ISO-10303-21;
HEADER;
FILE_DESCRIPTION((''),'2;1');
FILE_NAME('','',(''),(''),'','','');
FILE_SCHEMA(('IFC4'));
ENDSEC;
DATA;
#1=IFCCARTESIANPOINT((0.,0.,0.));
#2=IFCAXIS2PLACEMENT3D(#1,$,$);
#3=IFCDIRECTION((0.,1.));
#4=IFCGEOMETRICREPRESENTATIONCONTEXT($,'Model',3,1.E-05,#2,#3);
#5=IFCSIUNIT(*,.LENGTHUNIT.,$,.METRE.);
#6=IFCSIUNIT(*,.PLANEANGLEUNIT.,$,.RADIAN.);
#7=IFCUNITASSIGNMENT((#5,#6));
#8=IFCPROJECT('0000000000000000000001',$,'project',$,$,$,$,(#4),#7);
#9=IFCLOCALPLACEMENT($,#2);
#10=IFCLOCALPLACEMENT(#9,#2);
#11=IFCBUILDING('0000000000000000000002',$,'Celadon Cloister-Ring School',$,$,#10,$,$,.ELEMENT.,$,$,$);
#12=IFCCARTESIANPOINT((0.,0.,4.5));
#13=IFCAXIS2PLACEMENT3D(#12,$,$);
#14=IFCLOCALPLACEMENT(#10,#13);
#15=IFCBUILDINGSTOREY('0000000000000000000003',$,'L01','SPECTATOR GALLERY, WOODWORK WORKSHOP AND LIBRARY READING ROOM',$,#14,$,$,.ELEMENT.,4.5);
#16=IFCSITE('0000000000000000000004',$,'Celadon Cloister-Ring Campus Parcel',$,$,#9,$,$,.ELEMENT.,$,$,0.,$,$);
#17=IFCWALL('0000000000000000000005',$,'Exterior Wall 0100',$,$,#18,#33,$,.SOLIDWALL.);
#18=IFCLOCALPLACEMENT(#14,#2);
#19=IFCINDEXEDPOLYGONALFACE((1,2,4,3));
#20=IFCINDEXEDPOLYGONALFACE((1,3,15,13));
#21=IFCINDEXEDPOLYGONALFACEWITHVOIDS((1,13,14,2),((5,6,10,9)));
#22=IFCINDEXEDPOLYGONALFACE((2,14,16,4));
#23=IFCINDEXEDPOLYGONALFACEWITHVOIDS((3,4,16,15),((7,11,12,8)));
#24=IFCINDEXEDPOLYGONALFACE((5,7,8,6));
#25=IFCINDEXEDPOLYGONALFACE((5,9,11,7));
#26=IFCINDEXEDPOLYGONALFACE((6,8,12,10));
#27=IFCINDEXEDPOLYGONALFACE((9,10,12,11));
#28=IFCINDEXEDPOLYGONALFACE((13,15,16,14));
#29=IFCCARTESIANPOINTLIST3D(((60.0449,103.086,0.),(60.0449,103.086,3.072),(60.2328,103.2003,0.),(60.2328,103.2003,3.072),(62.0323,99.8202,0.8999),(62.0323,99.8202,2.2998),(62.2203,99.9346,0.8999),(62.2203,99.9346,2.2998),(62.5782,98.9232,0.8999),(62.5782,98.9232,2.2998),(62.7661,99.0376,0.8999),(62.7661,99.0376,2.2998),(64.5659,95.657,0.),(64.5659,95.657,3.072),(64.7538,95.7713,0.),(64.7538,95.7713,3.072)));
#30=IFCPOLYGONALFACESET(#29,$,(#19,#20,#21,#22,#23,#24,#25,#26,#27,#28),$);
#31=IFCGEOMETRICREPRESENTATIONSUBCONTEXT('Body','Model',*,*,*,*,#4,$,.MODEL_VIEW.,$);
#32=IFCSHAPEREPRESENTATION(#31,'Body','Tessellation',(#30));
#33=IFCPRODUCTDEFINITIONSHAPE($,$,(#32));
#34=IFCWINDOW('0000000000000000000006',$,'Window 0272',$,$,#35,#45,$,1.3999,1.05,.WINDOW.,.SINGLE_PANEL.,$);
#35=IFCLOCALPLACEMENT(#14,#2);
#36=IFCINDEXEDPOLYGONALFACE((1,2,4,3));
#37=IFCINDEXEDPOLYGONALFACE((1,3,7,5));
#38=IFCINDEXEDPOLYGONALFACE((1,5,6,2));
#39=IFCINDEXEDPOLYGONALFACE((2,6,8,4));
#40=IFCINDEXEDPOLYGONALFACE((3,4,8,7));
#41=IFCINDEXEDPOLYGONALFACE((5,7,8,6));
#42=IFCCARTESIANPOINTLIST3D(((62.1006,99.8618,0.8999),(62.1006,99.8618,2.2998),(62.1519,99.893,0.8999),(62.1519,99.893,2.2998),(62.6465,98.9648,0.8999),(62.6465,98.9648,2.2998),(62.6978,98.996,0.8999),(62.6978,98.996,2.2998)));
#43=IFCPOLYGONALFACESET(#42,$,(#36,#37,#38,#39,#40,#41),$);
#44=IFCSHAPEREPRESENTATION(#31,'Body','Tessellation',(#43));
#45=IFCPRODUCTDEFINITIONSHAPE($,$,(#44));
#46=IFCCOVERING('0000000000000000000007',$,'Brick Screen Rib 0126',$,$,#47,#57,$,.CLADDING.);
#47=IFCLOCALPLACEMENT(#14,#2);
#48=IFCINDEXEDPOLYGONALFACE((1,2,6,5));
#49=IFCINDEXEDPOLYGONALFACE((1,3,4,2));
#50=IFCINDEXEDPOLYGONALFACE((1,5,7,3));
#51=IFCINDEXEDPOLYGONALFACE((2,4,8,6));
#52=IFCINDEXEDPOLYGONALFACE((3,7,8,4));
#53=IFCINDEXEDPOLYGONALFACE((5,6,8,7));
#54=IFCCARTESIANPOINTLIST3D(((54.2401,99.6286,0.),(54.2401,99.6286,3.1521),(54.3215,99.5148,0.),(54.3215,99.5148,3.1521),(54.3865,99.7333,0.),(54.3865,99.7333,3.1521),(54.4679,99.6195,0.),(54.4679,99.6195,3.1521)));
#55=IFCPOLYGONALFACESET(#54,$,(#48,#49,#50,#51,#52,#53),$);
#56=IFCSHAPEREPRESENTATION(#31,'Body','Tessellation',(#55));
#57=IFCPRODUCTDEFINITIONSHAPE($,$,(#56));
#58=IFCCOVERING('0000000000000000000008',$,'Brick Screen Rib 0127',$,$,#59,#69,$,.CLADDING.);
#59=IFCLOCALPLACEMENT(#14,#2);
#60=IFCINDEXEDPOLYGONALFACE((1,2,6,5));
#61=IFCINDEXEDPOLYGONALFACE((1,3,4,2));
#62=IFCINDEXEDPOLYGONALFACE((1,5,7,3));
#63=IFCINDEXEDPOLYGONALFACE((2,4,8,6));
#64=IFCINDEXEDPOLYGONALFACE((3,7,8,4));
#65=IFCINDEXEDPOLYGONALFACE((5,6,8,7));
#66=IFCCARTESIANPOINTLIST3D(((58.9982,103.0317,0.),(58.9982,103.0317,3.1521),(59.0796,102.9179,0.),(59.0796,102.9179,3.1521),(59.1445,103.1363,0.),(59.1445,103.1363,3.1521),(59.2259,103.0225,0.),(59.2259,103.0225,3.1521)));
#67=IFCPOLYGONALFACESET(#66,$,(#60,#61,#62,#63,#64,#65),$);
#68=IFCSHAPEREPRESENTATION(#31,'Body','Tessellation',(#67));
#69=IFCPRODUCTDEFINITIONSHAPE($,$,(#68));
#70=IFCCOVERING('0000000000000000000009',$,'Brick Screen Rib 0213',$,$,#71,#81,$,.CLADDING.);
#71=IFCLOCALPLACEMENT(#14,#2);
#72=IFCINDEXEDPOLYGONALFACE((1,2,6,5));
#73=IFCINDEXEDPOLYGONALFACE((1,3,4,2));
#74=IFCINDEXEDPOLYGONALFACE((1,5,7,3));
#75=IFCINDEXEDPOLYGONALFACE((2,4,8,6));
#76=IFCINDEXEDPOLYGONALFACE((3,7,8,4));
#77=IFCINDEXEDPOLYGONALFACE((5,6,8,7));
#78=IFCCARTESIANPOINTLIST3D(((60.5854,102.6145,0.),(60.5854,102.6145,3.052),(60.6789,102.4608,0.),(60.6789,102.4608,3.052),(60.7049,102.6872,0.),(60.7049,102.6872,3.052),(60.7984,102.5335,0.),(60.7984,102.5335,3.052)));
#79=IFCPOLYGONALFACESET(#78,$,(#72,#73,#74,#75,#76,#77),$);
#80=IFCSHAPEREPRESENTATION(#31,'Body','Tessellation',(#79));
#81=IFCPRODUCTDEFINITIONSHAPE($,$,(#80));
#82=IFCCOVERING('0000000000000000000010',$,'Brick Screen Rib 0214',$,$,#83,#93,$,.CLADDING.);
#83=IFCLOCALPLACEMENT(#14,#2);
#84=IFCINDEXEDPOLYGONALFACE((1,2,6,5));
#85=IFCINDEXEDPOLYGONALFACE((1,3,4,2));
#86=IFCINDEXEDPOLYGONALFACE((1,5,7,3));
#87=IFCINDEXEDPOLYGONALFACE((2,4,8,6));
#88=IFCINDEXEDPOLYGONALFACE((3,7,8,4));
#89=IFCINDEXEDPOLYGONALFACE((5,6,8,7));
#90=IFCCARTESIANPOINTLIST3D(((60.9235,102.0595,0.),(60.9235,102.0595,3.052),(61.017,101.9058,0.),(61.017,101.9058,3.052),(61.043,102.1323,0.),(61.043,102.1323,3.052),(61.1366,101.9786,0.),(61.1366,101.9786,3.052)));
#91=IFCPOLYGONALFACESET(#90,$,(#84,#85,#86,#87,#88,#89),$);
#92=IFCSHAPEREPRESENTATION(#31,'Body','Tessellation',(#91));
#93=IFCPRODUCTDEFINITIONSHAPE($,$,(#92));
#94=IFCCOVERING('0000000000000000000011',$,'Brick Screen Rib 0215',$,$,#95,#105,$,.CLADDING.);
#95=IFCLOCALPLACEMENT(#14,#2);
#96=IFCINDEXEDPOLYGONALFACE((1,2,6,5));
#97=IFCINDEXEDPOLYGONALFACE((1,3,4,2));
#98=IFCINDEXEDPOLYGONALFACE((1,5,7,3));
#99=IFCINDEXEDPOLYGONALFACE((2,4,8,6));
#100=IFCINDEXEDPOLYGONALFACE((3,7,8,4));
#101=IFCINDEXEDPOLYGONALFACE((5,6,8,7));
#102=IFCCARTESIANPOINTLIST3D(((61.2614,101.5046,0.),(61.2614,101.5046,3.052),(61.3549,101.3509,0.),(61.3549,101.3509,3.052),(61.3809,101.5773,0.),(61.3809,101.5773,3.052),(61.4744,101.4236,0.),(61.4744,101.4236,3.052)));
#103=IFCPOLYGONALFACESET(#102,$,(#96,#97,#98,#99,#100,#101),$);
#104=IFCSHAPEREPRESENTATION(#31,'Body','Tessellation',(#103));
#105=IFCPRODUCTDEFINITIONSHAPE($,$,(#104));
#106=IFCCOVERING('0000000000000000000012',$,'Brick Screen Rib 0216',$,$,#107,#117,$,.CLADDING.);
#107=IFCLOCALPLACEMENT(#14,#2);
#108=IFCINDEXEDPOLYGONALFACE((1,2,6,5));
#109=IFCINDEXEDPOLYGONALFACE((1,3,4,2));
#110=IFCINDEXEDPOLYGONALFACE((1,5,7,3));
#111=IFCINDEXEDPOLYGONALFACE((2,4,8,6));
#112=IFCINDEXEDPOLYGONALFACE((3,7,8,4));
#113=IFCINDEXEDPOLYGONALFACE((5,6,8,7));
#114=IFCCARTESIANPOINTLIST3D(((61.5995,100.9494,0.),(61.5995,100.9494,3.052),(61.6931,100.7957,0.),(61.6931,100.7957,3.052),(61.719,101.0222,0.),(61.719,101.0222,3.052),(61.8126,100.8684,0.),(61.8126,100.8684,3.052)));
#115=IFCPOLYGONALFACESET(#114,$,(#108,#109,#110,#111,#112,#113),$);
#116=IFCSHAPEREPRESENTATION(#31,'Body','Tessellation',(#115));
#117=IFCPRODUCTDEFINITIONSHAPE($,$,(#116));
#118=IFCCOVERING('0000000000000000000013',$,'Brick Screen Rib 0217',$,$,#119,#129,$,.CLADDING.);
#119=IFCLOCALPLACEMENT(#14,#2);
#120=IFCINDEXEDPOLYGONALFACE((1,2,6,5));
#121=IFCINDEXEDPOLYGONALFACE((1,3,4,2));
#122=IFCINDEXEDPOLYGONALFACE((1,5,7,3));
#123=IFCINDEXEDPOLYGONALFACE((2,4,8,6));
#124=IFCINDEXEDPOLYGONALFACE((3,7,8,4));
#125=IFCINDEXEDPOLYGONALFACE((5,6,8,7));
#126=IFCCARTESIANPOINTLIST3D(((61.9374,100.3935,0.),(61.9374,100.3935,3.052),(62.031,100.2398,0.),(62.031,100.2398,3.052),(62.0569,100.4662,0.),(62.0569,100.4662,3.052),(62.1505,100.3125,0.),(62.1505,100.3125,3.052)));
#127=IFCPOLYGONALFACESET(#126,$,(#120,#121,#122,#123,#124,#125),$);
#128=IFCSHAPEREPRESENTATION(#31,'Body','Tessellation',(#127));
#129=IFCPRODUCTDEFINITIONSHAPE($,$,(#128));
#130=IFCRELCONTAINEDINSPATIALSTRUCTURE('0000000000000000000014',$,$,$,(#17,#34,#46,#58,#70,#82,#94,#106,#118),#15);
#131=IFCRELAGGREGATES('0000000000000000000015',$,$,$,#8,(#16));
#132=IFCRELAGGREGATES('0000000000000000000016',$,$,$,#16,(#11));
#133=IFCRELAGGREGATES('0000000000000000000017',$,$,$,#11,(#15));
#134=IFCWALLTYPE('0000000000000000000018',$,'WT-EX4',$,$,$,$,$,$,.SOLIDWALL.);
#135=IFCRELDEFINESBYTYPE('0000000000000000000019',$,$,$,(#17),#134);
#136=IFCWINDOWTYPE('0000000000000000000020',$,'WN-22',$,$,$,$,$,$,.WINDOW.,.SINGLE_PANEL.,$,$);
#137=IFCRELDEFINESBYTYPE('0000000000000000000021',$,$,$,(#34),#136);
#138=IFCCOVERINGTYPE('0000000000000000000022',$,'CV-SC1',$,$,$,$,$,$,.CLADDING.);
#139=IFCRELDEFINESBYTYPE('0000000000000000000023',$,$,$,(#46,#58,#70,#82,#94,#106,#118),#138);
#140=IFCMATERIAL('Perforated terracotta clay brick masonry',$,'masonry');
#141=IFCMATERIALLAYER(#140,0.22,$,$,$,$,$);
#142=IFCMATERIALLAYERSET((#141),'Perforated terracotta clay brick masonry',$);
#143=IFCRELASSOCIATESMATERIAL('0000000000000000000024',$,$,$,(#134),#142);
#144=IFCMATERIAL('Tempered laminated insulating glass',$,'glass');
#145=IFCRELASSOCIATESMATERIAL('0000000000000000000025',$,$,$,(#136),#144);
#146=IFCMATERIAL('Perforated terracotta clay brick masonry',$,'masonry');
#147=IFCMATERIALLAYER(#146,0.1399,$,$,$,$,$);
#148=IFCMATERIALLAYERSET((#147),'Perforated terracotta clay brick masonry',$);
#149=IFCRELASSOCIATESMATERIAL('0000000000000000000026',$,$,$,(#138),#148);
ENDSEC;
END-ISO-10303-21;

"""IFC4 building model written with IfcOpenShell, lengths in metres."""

from ifc_helpers import new_model, si_unit, direction, frame, frame_2d, origin, origin_2d, place, context, subcontext, project, spatial, rectangle, extrude, material, layer, layer_set, type_object, element, fill, save


model = new_model("IFC4")

# Units and contexts
model_context = context("Model", 3, precision=1e-05, world=origin(), true_north=direction((0.0, 1.0)))
body_context = subcontext(model_context, "Body", "Model", "MODEL_VIEW")
ifc_project = project(units=[si_unit("LENGTHUNIT", "METRE"), si_unit("PLANEANGLEUNIT", "RADIAN")], contexts=[model_context])

# Site, building, storey
site_placement = place(None, origin())
site = spatial("IfcSite", under=ifc_project, at=site_placement, Name="Celadon Cloister-Ring Campus Parcel", CompositionType="ELEMENT", RefElevation=0.0)
building_placement = place(site_placement, origin())
building = spatial("IfcBuilding", under=site, at=building_placement, Name="Celadon Cloister-Ring School", CompositionType="ELEMENT")
storey_placement = place(building_placement, frame((0.0, 0.0, 4.5)))
storey = spatial("IfcBuildingStorey", under=building, at=storey_placement, Name="L01", Description="SPECTATOR GALLERY, WOODWORK WORKSHOP AND LIBRARY READING ROOM", CompositionType="ELEMENT", Elevation=4.5)

# Shared definitions
ifc_material_1 = material(Name="Perforated terracotta clay brick masonry", Category="masonry")
ifc_layer_1 = layer(ifc_material_1, 0.22)
ifc_layer_set_1 = layer_set([ifc_layer_1], Name="Perforated terracotta clay brick masonry")
wall_type = type_object("IfcWallType", Name="WT-EX4", PredefinedType="SOLIDWALL", material=ifc_layer_set_1)

# Wall, opening, window
wall_1_placement = place(storey_placement, frame((60.1389, 103.1431, 0.0), z_axis=(0.0, 0.0, 1.0), x_axis=(0.519865, -0.854248, 0.0)))
wall_1 = element("IfcWall", 1, at=wall_1_placement, inside=storey, type_object=wall_type, Name="Exterior Wall 0100", PredefinedType="SOLIDWALL", context=body_context, shape_type="SweptSolid", body=[
    extrude(rectangle(XDim=8.6965, YDim=0.22, at=frame_2d((4.3481, 0.0))), origin(), (0.0, 0.0, 1.0), 3.072),
])
opening_1_placement = place(wall_1_placement, frame((3.823, 0.0, 0.8999)))
opening_1 = element("IfcOpeningElement", 2, at=opening_1_placement, cuts=wall_1, PredefinedType="OPENING", context=body_context, shape_type="SweptSolid", body=[
    extrude(rectangle(XDim=1.05, YDim=1.3999, at=frame_2d((0.5249, 0.7))), frame((0.0, 0.1201, 0.0), z_axis=(0.0, -1.0, 0.0), x_axis=(1.0, 0.0, 0.0)), (0.0, 0.0, 1.0), 0.24),
])
ifc_material_2 = material(Name="Tempered laminated insulating glass", Category="glass")
window_type_1 = type_object("IfcWindowType", Name="WN-22", PartitioningType="SINGLE_PANEL", PredefinedType="WINDOW", material=ifc_material_2)
window_1_placement = place(opening_1_placement, origin())
window_1 = element("IfcWindow", 3, at=window_1_placement, inside=storey, type_object=window_type_1, Name="Window 0272", OverallHeight=1.3999, OverallWidth=1.05, PartitioningType="SINGLE_PANEL", PredefinedType="WINDOW", context=body_context, shape_type="SweptSolid", body=[
    extrude(rectangle(XDim=1.05, YDim=1.3999, at=frame_2d((0.5249, 0.7))), frame((0.0, 0.03, 0.0), z_axis=(0.0, -1.0, 0.0), x_axis=(1.0, 0.0, 0.0)), (0.0, 0.0, 1.0), 0.0601),
])
fill(opening_1, window_1)

# Coverings
ifc_material_3 = material(Name="Perforated terracotta clay brick masonry", Category="masonry")
ifc_layer_2 = layer(ifc_material_3, 0.1399)
ifc_layer_set_2 = layer_set([ifc_layer_2], Name="Perforated terracotta clay brick masonry")
covering_type = type_object("IfcCoveringType", Name="CV-SC1", PredefinedType="CLADDING", material=ifc_layer_set_2)
for number, where, z_axis, x_axis, name in (
    (4, (54.354, 99.624, 0.0), (0.0, 0.0, 1.0), (0.813375, 0.58174, 0.0), "Brick Screen Rib 0126"),
    (5, (59.1121, 103.0271, 0.0), (0.0, 0.0, 1.0), (0.813375, 0.58174, 0.0), "Brick Screen Rib 0127"),
):
    element("IfcCovering", number, at=place(storey_placement, frame(where, z_axis=z_axis, x_axis=x_axis)), inside=storey, type_object=covering_type, Name=name, PredefinedType="CLADDING", context=body_context, shape_type="SweptSolid", body=[
        extrude(rectangle(XDim=0.1799, YDim=0.1399, at=origin_2d()), origin(), (0.0, 0.0, 1.0), 3.1521),
    ])
for number, where, z_axis, x_axis, name in (
    (6, (60.6919, 102.574, 0.0), (0.0, 0.0, 1.0), (0.519862, -0.85425, 0.0), "Brick Screen Rib 0213"),
    (7, (61.03, 102.019, 0.0), (0.0, 0.0, 1.0), (0.519862, -0.85425, 0.0), "Brick Screen Rib 0214"),
    (8, (61.3679, 101.4641, 0.0), (0.0, 0.0, 1.0), (0.519862, -0.85425, 0.0), "Brick Screen Rib 0215"),
    (9, (61.7061, 100.9089, 0.0), (0.0, 0.0, 1.0), (0.519862, -0.85425, 0.0), "Brick Screen Rib 0216"),
    (10, (62.0439, 100.353, 0.0), (0.0, 0.0, 1.0), (0.519862, -0.85425, 0.0), "Brick Screen Rib 0217"),
):
    element("IfcCovering", number, at=place(storey_placement, frame(where, z_axis=z_axis, x_axis=x_axis)), inside=storey, type_object=covering_type, Name=name, PredefinedType="CLADDING", context=body_context, shape_type="SweptSolid", body=[
        extrude(rectangle(XDim=0.1799, YDim=0.1399, at=origin_2d()), origin(), (0.0, 0.0, 1.0), 3.052),
    ])

save(model, "model.ifc")
